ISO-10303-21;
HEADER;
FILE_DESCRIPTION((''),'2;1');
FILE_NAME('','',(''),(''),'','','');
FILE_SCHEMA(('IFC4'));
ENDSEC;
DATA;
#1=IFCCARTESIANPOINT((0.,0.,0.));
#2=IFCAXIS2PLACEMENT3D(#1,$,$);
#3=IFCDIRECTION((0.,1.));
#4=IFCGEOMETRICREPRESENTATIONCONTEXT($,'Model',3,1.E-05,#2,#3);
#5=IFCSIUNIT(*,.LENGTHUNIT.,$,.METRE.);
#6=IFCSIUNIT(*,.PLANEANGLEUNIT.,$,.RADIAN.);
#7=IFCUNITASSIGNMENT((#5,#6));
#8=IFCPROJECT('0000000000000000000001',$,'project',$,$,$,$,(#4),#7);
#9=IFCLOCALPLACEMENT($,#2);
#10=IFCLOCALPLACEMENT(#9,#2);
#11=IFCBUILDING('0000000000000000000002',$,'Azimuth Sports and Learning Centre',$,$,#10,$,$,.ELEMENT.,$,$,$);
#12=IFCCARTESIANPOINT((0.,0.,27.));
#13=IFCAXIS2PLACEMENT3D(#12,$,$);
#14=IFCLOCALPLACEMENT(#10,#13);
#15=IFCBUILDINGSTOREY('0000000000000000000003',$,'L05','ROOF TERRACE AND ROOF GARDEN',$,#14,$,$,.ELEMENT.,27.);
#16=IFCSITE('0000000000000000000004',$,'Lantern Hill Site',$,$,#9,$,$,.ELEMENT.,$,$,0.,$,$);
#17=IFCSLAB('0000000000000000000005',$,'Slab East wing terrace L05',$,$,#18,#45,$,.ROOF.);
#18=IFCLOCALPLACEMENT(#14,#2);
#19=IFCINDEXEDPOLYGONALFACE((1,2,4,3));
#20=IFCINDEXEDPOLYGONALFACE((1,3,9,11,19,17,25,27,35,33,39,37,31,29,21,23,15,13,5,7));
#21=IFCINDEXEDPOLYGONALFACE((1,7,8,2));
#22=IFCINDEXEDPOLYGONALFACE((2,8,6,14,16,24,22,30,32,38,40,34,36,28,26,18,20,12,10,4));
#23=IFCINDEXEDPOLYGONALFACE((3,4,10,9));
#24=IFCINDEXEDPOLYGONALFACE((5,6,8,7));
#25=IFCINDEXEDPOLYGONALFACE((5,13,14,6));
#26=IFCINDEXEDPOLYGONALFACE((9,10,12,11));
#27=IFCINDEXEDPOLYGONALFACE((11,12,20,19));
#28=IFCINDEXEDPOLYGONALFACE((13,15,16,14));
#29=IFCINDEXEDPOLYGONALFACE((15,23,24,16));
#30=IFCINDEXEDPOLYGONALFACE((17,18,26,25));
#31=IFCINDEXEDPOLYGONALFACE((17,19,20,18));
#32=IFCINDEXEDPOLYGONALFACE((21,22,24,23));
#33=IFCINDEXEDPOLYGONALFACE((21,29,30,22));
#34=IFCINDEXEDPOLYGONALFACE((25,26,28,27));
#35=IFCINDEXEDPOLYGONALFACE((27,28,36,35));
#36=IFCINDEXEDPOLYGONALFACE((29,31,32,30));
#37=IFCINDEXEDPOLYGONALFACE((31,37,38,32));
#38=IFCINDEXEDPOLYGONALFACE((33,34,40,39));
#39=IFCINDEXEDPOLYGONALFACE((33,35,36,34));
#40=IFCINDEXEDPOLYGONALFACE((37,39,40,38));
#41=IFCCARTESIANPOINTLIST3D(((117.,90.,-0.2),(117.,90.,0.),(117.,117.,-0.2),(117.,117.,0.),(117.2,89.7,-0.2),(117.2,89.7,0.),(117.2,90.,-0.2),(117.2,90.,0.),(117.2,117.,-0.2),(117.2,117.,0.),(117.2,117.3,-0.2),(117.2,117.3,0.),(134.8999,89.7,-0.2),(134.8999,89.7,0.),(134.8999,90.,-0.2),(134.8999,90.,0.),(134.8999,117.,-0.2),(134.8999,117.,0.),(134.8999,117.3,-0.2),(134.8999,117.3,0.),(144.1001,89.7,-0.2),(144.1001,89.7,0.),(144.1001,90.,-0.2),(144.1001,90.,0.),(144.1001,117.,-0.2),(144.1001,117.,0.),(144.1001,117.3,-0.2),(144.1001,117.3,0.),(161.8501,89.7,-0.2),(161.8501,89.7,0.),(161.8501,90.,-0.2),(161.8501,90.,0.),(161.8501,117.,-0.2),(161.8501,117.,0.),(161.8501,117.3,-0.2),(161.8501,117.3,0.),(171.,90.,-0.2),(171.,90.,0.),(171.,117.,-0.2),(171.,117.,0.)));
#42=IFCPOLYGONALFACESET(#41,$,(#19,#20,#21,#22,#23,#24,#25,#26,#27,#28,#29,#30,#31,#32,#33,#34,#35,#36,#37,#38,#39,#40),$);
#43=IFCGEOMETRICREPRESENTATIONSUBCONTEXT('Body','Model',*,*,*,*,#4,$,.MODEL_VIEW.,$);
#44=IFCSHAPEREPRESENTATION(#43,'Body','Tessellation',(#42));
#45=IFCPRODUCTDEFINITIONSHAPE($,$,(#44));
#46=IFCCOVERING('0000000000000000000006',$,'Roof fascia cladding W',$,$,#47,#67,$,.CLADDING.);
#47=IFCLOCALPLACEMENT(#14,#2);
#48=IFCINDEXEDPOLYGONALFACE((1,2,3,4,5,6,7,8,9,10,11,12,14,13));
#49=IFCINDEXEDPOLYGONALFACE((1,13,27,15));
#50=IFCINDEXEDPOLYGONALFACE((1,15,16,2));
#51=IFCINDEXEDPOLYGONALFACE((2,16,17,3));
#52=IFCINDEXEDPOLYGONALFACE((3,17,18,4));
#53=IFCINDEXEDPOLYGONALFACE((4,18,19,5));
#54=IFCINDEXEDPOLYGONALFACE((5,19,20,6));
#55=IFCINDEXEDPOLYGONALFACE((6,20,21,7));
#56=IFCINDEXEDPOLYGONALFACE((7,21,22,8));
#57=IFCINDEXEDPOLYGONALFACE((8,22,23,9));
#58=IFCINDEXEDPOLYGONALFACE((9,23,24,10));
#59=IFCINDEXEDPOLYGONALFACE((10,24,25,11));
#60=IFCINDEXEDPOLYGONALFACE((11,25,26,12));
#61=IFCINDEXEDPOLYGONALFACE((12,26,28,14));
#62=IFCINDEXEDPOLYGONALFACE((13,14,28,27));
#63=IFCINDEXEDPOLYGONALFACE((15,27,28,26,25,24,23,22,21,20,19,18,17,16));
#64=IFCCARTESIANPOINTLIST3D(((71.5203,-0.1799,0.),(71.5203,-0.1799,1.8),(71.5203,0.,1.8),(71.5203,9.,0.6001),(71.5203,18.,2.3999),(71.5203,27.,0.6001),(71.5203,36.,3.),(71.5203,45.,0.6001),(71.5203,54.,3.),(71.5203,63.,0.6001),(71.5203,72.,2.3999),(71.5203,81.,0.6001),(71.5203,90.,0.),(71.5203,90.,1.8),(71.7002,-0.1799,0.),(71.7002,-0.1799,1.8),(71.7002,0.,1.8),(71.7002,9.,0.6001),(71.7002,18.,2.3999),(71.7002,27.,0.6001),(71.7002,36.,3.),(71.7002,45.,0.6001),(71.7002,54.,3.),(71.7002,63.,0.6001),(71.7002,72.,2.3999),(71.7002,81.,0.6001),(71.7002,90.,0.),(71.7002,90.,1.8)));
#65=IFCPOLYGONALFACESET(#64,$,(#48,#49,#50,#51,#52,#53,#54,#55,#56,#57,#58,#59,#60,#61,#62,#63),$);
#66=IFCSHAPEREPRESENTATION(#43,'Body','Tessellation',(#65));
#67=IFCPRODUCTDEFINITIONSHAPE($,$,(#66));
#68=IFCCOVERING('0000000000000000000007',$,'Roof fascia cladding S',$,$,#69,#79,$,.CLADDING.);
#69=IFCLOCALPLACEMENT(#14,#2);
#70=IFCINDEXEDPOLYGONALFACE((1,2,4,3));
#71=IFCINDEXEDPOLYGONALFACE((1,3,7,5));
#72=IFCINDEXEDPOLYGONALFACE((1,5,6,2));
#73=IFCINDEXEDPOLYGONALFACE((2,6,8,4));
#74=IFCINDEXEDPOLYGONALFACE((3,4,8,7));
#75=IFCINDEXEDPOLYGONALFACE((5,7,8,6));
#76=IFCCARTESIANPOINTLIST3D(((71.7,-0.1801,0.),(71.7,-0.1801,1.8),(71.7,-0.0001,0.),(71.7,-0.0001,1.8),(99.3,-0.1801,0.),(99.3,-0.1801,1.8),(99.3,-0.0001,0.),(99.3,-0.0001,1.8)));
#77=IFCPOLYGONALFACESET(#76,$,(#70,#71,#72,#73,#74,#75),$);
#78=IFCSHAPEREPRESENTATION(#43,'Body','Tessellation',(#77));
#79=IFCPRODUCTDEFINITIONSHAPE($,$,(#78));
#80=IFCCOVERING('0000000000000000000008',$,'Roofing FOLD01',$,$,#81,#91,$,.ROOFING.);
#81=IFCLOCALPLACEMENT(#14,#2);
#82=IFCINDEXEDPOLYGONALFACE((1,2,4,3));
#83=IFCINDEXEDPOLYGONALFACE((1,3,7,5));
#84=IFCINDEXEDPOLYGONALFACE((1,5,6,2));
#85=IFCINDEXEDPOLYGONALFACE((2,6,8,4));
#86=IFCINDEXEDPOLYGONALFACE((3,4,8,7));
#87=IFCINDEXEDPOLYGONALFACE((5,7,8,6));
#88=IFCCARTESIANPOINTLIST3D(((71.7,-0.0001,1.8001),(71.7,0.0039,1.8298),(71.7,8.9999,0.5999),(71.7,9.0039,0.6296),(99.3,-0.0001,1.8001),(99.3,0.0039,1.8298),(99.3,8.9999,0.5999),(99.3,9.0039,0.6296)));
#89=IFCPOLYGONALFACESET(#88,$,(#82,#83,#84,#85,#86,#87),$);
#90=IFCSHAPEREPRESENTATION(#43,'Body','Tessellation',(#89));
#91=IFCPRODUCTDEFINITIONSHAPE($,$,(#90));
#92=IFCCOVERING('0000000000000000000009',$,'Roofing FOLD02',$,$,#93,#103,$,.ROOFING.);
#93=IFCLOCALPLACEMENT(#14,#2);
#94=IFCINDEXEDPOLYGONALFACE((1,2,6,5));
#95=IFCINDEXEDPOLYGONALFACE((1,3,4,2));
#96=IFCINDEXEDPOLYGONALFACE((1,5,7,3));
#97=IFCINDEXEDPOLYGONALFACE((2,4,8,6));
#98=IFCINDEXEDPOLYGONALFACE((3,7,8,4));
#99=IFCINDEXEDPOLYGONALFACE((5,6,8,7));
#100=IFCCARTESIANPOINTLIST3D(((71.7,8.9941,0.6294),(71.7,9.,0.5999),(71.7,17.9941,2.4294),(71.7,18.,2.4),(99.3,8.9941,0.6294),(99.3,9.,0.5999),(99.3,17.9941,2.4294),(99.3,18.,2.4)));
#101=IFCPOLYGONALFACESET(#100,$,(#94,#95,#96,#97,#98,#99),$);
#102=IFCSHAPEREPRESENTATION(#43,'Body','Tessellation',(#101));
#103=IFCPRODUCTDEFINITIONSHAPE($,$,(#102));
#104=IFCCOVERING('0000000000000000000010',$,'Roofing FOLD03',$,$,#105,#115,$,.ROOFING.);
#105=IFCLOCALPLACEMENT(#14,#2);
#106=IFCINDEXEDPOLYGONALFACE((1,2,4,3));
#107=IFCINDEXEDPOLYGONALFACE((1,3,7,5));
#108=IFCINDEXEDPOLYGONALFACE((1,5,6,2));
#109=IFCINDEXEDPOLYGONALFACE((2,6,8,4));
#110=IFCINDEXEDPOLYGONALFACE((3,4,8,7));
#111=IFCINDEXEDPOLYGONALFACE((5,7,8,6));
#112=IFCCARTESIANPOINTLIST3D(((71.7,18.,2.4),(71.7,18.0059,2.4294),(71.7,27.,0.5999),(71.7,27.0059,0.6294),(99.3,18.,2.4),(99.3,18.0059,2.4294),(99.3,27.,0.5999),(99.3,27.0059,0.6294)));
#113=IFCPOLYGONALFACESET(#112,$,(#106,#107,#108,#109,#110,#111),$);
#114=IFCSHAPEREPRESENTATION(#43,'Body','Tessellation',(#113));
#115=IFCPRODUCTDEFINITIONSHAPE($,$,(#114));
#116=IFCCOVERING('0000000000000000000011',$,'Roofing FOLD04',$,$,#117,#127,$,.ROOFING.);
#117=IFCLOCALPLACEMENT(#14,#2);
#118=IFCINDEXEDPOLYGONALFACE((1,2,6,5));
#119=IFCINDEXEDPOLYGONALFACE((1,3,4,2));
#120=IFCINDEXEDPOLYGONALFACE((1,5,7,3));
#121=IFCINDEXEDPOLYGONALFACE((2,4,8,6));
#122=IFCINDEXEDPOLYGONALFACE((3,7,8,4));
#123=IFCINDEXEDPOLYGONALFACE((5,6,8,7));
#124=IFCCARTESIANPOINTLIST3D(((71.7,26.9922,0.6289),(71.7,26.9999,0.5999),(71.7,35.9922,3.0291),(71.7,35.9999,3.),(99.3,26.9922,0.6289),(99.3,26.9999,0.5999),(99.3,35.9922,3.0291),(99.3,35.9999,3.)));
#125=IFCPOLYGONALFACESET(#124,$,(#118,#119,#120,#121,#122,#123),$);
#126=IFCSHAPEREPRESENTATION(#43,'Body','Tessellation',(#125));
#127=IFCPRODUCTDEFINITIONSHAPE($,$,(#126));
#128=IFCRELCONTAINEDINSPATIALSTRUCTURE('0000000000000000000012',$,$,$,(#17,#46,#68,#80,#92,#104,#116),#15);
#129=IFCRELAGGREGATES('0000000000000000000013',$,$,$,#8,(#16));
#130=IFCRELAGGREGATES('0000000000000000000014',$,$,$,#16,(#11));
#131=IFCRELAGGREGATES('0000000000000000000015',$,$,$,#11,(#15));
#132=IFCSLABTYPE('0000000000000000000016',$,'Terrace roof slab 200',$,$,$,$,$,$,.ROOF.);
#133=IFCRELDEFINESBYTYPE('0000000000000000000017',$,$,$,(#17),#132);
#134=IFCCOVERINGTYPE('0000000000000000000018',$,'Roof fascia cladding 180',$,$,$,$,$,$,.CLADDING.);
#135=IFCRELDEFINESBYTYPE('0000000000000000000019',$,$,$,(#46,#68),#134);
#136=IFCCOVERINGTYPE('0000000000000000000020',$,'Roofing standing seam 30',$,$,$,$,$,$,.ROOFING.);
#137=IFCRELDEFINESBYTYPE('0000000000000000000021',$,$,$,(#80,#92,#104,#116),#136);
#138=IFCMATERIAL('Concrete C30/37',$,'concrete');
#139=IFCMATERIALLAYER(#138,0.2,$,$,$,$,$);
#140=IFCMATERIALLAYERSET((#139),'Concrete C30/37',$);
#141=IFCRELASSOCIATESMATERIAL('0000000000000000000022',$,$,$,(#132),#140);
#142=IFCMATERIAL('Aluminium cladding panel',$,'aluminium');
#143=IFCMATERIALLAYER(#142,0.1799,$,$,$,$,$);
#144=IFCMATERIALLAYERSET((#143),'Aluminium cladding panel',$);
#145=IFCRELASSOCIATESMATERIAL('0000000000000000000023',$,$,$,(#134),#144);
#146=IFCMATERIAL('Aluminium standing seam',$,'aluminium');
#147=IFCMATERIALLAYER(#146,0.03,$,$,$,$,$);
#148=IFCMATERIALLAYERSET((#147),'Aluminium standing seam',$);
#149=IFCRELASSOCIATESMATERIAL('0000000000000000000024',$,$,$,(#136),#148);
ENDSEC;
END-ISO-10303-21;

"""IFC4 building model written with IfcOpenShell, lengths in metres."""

from ifc_helpers import new_model, si_unit, direction, frame, frame_2d, origin, place, context, subcontext, project, spatial, polyline, rectangle, outline, extrude, material, layer, layer_set, type_object, element, save


model = new_model("IFC4")

# Units and contexts
model_context = context("Model", 3, precision=1e-05, world=origin(), true_north=direction((0.0, 1.0)))
body_context = subcontext(model_context, "Body", "Model", "MODEL_VIEW")
ifc_project = project(units=[si_unit("LENGTHUNIT", "METRE"), si_unit("PLANEANGLEUNIT", "RADIAN")], contexts=[model_context])

# Site, building, storey
site_placement = place(None, origin())
site = spatial("IfcSite", under=ifc_project, at=site_placement, Name="Lantern Hill Site", CompositionType="ELEMENT", RefElevation=0.0)
building_placement = place(site_placement, origin())
building = spatial("IfcBuilding", under=site, at=building_placement, Name="Azimuth Sports and Learning Centre", CompositionType="ELEMENT")
storey_placement = place(building_placement, frame((0.0, 0.0, 27.0)))
storey = spatial("IfcBuildingStorey", under=building, at=storey_placement, Name="L05", Description="ROOF TERRACE AND ROOF GARDEN", CompositionType="ELEMENT", Elevation=27.0)

# Slab
ifc_material_1 = material(Name="Concrete C30/37", Category="concrete")
ifc_layer_1 = layer(ifc_material_1, 0.2)
ifc_layer_set_1 = layer_set([ifc_layer_1], Name="Concrete C30/37")
slab_type_1 = type_object("IfcSlabType", Name="Terrace roof slab 200", PredefinedType="ROOF", material=ifc_layer_set_1)
slab_1_placement = place(storey_placement, frame((0.0, 0.0, -0.2)))
element("IfcSlab", 1, at=slab_1_placement, inside=storey, type_object=slab_type_1, Name="Slab East wing terrace L05", PredefinedType="ROOF", context=body_context, shape_type="SweptSolid", body=[
    extrude(outline(polyline([(117.2, 89.7), (134.8999, 89.7), (134.8999, 90.0), (144.1001, 90.0), (144.1001, 89.7), (161.8501, 89.7), (161.8501, 90.0), (171.0, 90.0), (171.0, 117.0), (161.8501, 117.0), (161.8501, 117.3), (144.1001, 117.3), (144.1001, 117.0), (134.8999, 117.0), (134.8999, 117.3), (117.2, 117.3), (117.2, 117.0), (117.0, 117.0), (117.0, 90.0), (117.2, 90.0), (117.2, 89.7)])), origin(), (0.0, 0.0, 1.0), 0.2),
])

# Coverings
ifc_material_2 = material(Name="Aluminium cladding panel", Category="aluminium")
ifc_layer_2 = layer(ifc_material_2, 0.1799)
ifc_layer_set_2 = layer_set([ifc_layer_2], Name="Aluminium cladding panel")
covering_type_1 = type_object("IfcCoveringType", Name="Roof fascia cladding 180", PredefinedType="CLADDING", material=ifc_layer_set_2)
covering_1_placement = place(storey_placement, frame((71.6101, -0.1799, 0.0), z_axis=(0.0, 0.0, 1.0), x_axis=(0.0, 1.0, 0.0)))
element("IfcCovering", 2, at=covering_1_placement, inside=storey, type_object=covering_type_1, Name="Roof fascia cladding W", PredefinedType="CLADDING", context=body_context, shape_type="SweptSolid", body=[
    extrude(outline(polyline([(0.0, 0.0), (90.1799, 0.0), (90.1799, 1.8), (81.1799, 0.6001), (72.1799, 2.3999), (63.1799, 0.6001), (54.1799, 3.0), (45.1799, 0.6001), (36.1799, 3.0), (27.1799, 0.6001), (18.1799, 2.3999), (9.1799, 0.6001), (0.1799, 1.8), (0.0, 1.8), (0.0, 0.0)])), frame((0.0, 0.0898, 0.0), z_axis=(0.0, -1.0, 0.0), x_axis=(1.0, 0.0, 0.0)), (0.0, 0.0, 1.0), 0.1799),
])
covering_2_placement = place(storey_placement, frame((71.7, -0.0901, 0.0), z_axis=(0.0, 0.0, 1.0), x_axis=(1.0, 0.0, 0.0)))
element("IfcCovering", 3, at=covering_2_placement, inside=storey, type_object=covering_type_1, Name="Roof fascia cladding S", PredefinedType="CLADDING", context=body_context, shape_type="SweptSolid", body=[
    extrude(rectangle(XDim=27.6001, YDim=0.1799, at=frame_2d((13.8, 0.0))), origin(), (0.0, 0.0, 1.0), 1.8),
])
ifc_material_3 = material(Name="Aluminium standing seam", Category="aluminium")
ifc_layer_3 = layer(ifc_material_3, 0.03)
ifc_layer_set_3 = layer_set([ifc_layer_3], Name="Aluminium standing seam")
covering_type_2 = type_object("IfcCoveringType", Name="Roofing standing seam 30", PredefinedType="ROOFING", material=ifc_layer_set_3)
covering_3_placement = place(storey_placement, frame((71.7, 0.0039, 1.8298), z_axis=(0.0, 0.132185, 0.991225), x_axis=(1.0, 0.0, 0.0)))
element("IfcCovering", 4, at=covering_3_placement, inside=storey, type_object=covering_type_2, Name="Roofing FOLD01", PredefinedType="ROOFING", context=body_context, shape_type="SweptSolid", body=[
    extrude(outline(polyline([(0.0, 0.0), (27.6001, 0.0), (27.6001, 9.0797), (0.0, 9.0797), (0.0, 0.0)])), origin(), (0.0, 0.0, -1.0), 0.03),
])
for number, where, z_axis, x_axis, name in (
    (5, (71.7, 8.9941, 0.6294), (0.0, -0.196121, 0.98058), (1.0, 0.0, 0.0), "Roofing FOLD02"),
    (6, (71.7, 18.0059, 2.4294), (0.0, 0.196121, 0.98058), (1.0, 0.0, 0.0), "Roofing FOLD03"),
):
    element("IfcCovering", number, at=place(storey_placement, frame(where, z_axis=z_axis, x_axis=x_axis)), inside=storey, type_object=covering_type_2, Name=name, PredefinedType="ROOFING", context=body_context, shape_type="SweptSolid", body=[
        extrude(outline(polyline([(0.0, 0.0), (27.6001, 0.0), (27.6001, 9.1782), (0.0, 9.1782), (0.0, 0.0)])), origin(), (0.0, 0.0, -1.0), 0.03),
    ])
covering_4_placement = place(storey_placement, frame((71.7, 26.9922, 0.6289), z_axis=(0.0, -0.257677, 0.966231), x_axis=(1.0, 0.0, 0.0)))
element("IfcCovering", 7, at=covering_4_placement, inside=storey, type_object=covering_type_2, Name="Roofing FOLD04", PredefinedType="ROOFING", context=body_context, shape_type="SweptSolid", body=[
    extrude(outline(polyline([(0.0, 0.0), (27.6001, 0.0), (27.6001, 9.3145), (0.0, 9.3145), (0.0, 0.0)])), origin(), (0.0, 0.0, -1.0), 0.03),
])

save(model, "model.ifc")
